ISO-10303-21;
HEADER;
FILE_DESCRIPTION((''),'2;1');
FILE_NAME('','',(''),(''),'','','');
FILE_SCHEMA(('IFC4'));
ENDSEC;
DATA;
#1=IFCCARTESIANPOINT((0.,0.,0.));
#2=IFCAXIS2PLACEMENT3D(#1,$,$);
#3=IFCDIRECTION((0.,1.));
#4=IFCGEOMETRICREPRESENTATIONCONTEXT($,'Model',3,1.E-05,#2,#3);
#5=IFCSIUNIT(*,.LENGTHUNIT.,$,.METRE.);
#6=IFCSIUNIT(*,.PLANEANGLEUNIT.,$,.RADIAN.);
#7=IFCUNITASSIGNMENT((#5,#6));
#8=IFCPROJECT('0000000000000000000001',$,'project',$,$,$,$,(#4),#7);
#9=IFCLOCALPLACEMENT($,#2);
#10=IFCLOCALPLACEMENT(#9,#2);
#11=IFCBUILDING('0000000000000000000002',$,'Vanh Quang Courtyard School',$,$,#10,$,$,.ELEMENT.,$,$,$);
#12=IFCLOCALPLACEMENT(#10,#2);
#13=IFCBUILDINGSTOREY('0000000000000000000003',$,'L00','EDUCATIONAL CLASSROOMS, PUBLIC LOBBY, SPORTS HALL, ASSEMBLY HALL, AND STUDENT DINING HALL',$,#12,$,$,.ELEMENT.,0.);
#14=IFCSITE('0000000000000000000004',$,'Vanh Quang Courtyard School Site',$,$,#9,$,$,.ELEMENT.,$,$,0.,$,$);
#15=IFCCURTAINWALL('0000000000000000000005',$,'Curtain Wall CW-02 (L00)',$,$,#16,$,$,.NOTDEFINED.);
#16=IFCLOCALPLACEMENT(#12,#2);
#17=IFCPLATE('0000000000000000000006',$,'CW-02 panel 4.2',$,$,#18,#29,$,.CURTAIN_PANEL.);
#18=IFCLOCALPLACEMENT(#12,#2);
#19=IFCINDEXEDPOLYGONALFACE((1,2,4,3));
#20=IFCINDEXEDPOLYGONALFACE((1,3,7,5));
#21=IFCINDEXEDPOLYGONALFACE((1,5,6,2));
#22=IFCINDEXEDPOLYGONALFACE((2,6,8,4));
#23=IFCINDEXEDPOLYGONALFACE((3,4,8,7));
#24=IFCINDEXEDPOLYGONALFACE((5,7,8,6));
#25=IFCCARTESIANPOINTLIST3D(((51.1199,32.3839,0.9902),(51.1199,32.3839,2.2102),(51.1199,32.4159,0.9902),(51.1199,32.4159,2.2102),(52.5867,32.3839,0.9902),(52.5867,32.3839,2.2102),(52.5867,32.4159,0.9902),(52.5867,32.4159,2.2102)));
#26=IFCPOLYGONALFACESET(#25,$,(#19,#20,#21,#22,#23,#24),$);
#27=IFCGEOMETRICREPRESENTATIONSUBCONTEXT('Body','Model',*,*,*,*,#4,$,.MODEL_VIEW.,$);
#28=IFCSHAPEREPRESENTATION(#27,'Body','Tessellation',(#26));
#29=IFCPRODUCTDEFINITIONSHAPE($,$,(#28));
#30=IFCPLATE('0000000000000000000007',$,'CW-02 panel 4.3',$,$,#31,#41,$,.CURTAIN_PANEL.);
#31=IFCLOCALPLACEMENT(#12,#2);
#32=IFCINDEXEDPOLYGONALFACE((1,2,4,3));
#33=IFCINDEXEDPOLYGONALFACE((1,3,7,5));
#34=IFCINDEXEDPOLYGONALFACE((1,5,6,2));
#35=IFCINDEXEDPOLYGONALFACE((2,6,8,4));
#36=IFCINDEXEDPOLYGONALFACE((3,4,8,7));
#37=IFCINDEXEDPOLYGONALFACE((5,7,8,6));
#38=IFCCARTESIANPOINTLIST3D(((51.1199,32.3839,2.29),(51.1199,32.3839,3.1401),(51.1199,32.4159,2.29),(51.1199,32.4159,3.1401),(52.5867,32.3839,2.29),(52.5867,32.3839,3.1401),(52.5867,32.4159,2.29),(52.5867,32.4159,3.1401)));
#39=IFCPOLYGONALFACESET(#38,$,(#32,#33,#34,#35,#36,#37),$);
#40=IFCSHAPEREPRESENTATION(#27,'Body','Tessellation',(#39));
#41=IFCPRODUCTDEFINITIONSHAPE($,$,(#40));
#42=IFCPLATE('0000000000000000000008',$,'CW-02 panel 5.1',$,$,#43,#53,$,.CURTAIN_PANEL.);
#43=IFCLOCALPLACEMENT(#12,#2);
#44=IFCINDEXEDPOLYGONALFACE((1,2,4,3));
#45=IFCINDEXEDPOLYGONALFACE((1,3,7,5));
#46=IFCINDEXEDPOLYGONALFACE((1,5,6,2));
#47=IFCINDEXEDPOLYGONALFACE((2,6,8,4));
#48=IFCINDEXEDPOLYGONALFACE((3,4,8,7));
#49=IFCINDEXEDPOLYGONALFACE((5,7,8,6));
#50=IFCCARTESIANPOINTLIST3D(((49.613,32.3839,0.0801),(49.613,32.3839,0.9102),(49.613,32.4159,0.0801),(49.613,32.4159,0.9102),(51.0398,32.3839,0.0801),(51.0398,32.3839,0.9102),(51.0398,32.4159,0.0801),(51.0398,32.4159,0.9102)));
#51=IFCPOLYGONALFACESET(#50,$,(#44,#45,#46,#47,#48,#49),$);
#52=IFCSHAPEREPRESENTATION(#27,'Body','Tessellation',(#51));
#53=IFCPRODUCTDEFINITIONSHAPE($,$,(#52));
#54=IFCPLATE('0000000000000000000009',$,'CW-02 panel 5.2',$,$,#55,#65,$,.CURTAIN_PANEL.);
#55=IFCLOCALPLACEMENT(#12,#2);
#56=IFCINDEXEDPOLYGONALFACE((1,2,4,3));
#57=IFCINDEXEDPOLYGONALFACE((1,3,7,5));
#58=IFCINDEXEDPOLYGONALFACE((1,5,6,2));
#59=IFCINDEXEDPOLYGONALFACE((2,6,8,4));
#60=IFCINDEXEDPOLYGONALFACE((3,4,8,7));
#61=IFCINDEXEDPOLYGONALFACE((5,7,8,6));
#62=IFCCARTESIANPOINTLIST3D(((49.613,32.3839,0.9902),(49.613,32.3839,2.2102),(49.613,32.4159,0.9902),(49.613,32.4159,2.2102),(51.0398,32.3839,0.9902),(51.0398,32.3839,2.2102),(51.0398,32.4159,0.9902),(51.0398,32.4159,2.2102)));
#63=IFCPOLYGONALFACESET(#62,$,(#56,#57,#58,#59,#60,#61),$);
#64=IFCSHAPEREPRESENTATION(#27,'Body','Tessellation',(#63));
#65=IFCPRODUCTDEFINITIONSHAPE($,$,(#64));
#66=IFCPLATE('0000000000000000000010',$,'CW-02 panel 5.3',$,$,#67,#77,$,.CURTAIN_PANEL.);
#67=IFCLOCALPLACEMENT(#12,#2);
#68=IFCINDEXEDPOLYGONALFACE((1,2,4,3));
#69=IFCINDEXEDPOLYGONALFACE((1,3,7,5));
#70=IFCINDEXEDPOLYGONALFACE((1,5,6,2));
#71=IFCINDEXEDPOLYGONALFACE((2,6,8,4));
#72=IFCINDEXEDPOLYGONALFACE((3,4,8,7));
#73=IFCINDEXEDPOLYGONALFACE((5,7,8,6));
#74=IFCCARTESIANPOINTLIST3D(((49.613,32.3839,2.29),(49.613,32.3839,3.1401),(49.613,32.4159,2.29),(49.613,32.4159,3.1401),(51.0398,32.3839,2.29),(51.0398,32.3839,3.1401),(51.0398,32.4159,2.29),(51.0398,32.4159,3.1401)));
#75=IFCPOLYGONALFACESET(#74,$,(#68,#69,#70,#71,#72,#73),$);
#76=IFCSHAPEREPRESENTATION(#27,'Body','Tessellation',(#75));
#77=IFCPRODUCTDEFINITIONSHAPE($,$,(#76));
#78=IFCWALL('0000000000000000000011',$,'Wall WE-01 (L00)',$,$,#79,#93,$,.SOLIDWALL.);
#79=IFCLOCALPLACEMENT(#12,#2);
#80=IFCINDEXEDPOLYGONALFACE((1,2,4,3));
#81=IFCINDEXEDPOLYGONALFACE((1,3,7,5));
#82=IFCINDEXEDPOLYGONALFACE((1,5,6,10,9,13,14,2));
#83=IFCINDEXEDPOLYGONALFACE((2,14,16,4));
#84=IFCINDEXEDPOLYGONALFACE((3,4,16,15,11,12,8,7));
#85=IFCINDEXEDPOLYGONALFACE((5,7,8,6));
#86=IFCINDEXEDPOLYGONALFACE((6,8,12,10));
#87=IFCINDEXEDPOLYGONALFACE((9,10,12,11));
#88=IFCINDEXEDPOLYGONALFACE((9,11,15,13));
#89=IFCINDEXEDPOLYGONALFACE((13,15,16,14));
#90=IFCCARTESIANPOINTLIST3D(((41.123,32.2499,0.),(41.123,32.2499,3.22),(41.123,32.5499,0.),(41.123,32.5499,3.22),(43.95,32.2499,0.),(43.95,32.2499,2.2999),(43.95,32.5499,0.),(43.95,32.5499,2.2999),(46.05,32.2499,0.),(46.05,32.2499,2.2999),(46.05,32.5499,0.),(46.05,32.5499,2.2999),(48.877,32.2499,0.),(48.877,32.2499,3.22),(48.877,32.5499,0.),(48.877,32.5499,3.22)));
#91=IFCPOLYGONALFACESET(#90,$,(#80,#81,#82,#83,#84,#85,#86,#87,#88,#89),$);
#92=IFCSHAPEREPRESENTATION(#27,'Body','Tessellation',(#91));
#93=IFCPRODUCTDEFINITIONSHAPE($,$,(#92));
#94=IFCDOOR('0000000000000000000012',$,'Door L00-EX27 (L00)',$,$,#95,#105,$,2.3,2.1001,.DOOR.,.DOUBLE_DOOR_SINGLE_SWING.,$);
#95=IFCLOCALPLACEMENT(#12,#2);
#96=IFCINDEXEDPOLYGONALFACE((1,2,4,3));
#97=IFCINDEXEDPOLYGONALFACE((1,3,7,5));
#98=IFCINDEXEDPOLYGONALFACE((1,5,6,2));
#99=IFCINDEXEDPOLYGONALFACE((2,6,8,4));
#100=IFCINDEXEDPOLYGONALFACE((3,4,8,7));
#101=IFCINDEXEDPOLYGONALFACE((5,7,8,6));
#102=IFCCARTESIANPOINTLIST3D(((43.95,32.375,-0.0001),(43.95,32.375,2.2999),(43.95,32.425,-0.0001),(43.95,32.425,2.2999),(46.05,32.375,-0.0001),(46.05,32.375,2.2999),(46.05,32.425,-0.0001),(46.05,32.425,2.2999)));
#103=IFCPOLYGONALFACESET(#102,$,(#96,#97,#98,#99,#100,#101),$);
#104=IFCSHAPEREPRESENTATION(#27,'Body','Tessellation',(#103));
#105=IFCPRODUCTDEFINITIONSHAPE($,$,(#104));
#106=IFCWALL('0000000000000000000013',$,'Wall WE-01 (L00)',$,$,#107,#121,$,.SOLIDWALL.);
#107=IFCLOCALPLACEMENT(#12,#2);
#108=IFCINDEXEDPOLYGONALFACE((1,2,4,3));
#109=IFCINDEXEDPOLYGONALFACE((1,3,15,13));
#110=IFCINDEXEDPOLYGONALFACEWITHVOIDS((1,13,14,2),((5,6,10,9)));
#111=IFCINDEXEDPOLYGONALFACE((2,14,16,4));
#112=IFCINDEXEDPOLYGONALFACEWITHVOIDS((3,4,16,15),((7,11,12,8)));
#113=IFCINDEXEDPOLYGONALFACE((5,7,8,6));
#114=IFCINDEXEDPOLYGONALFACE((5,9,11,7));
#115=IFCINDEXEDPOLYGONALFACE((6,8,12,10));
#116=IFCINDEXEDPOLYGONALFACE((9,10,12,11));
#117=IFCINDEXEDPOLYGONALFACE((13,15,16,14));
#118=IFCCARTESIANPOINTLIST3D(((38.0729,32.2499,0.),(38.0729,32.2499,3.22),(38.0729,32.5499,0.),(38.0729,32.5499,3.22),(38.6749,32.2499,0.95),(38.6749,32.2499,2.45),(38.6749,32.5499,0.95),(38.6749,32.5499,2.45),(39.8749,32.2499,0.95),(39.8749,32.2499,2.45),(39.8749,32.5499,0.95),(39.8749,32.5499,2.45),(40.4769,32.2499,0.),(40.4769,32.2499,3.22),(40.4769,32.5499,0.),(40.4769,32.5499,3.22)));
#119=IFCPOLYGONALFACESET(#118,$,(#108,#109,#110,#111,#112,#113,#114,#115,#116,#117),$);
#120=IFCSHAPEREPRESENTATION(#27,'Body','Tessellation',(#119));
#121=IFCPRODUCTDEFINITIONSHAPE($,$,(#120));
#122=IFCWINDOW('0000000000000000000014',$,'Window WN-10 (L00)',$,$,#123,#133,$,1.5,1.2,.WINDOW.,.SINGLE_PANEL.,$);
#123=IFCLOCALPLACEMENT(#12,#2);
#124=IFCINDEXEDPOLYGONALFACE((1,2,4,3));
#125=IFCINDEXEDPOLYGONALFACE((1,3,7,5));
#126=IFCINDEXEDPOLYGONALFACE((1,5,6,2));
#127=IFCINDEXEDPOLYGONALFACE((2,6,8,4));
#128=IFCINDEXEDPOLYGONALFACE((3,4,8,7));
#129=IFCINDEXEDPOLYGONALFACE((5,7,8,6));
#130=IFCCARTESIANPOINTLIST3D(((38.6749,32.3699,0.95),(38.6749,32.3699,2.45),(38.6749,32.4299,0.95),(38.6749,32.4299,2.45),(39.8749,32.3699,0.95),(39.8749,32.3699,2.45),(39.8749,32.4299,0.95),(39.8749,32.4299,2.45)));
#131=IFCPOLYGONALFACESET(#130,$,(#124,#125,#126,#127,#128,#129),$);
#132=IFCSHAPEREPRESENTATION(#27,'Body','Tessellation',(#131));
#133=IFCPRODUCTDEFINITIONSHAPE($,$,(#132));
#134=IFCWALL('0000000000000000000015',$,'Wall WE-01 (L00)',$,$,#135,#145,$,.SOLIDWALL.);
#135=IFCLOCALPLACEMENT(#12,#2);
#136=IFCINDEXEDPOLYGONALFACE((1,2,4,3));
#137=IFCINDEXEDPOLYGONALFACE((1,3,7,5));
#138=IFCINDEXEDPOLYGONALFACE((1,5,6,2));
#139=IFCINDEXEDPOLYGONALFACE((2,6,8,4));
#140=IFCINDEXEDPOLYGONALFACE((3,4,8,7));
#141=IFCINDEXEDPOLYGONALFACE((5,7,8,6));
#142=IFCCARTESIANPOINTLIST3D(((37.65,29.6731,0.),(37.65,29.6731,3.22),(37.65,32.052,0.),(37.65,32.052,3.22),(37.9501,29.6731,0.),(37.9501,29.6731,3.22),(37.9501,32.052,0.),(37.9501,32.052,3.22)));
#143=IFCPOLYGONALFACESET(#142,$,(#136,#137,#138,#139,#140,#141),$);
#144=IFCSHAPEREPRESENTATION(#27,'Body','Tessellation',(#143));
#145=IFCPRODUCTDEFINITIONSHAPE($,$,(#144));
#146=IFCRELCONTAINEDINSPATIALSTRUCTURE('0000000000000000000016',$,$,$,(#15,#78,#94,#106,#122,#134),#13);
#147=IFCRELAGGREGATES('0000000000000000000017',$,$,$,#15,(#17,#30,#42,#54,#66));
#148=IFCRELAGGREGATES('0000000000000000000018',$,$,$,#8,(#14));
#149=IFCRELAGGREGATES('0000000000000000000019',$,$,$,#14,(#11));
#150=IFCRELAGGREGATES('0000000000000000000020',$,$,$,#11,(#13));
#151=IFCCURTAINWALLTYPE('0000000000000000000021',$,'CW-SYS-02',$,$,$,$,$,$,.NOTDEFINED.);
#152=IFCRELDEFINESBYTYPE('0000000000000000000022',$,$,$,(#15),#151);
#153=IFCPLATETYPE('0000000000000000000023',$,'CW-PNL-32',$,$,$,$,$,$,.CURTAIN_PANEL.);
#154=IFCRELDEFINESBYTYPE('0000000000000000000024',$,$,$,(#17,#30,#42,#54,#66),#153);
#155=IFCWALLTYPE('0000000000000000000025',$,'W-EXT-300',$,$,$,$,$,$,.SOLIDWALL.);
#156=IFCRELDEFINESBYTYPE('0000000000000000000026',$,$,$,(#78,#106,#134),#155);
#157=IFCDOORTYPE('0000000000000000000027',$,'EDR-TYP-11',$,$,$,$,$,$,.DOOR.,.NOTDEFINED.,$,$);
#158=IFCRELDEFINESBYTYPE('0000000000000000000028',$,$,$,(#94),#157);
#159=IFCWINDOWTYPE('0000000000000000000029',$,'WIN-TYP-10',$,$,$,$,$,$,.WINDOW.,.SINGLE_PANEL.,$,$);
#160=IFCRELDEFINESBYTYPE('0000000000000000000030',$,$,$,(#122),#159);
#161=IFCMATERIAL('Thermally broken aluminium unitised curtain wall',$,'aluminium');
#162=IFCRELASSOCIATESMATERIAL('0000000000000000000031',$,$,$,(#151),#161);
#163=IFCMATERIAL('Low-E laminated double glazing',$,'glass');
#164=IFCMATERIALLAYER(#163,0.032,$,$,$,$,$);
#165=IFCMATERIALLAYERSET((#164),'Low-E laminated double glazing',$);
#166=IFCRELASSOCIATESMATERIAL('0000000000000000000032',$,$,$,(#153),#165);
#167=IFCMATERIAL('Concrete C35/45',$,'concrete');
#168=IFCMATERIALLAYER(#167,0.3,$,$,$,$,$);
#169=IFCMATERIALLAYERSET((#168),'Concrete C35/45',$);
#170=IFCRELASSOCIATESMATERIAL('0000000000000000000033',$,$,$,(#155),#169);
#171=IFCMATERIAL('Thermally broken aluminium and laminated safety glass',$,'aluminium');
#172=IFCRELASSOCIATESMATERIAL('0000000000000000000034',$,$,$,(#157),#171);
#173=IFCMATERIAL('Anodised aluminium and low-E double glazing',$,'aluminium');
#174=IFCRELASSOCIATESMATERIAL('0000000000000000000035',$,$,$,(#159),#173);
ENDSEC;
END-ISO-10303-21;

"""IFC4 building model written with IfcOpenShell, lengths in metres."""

from ifc_helpers import new_model, si_unit, direction, frame, frame_2d, origin, origin_2d, place, context, subcontext, project, spatial, rectangle, extrude, material, layer, layer_set, type_object, element, fill, aggregate, save


model = new_model("IFC4")

# Units and contexts
model_context = context("Model", 3, precision=1e-05, world=origin(), true_north=direction((0.0, 1.0)))
body_context = subcontext(model_context, "Body", "Model", "MODEL_VIEW")
ifc_project = project(units=[si_unit("LENGTHUNIT", "METRE"), si_unit("PLANEANGLEUNIT", "RADIAN")], contexts=[model_context])

# Site, building, storey
site_placement = place(None, origin())
site = spatial("IfcSite", under=ifc_project, at=site_placement, Name="Vanh Quang Courtyard School Site", CompositionType="ELEMENT", RefElevation=0.0)
building_placement = place(site_placement, origin())
building = spatial("IfcBuilding", under=site, at=building_placement, Name="Vanh Quang Courtyard School", CompositionType="ELEMENT")
storey_placement = place(building_placement, origin())
storey = spatial("IfcBuildingStorey", under=building, at=storey_placement, Name="L00", Description="EDUCATIONAL CLASSROOMS, PUBLIC LOBBY, SPORTS HALL, ASSEMBLY HALL, AND STUDENT DINING HALL", CompositionType="ELEMENT", Elevation=0.0)

# Shared definitions
ifc_material_1 = material(Name="Concrete C35/45", Category="concrete")

# Curtain wall, plates
ifc_material_2 = material(Name="Thermally broken aluminium unitised curtain wall", Category="aluminium")
curtain_wall_type = type_object("IfcCurtainWallType", Name="CW-SYS-02", PredefinedType="NOTDEFINED", material=ifc_material_2)
curtain_wall_placement = place(storey_placement, origin())
curtain_wall = element("IfcCurtainWall", 1, at=curtain_wall_placement, inside=storey, type_object=curtain_wall_type, Name="Curtain Wall CW-02 (L00)", PredefinedType="NOTDEFINED")
ifc_material_3 = material(Name="Low-E laminated double glazing", Category="glass")
ifc_layer_1 = layer(ifc_material_3, 0.032)
ifc_layer_set_1 = layer_set([ifc_layer_1], Name="Low-E laminated double glazing")
plate_type = type_object("IfcPlateType", Name="CW-PNL-32", PredefinedType="CURTAIN_PANEL", material=ifc_layer_set_1)
plate_1_placement = place(storey_placement, frame((51.8533, 32.3999, 0.9902), z_axis=(0.0, 0.0, 1.0), x_axis=(-1.0, 0.0, 0.0)))
plate_1 = element("IfcPlate", 2, at=plate_1_placement, type_object=plate_type, Name="CW-02 panel 4.2", PredefinedType="CURTAIN_PANEL", context=body_context, shape_type="SweptSolid", body=[
    extrude(rectangle(XDim=1.4668, YDim=0.032, at=origin_2d()), origin(), (0.0, 0.0, 1.0), 1.22),
])
plate_2_placement = place(storey_placement, frame((51.8533, 32.3999, 2.29), z_axis=(0.0, 0.0, 1.0), x_axis=(-1.0, 0.0, 0.0)))
plate_2 = element("IfcPlate", 3, at=plate_2_placement, type_object=plate_type, Name="CW-02 panel 4.3", PredefinedType="CURTAIN_PANEL", context=body_context, shape_type="SweptSolid", body=[
    extrude(rectangle(XDim=1.4668, YDim=0.032, at=origin_2d()), origin(), (0.0, 0.0, 1.0), 0.8501),
])
plate_3_placement = place(storey_placement, frame((50.3264, 32.3999, 0.0801), z_axis=(0.0, 0.0, 1.0), x_axis=(-1.0, 0.0, 0.0)))
plate_3 = element("IfcPlate", 4, at=plate_3_placement, type_object=plate_type, Name="CW-02 panel 5.1", PredefinedType="CURTAIN_PANEL", context=body_context, shape_type="SweptSolid", body=[
    extrude(rectangle(XDim=1.4268, YDim=0.032, at=origin_2d()), origin(), (0.0, 0.0, 1.0), 0.8301),
])
plate_4_placement = place(storey_placement, frame((50.3264, 32.3999, 0.9902), z_axis=(0.0, 0.0, 1.0), x_axis=(-1.0, 0.0, 0.0)))
plate_4 = element("IfcPlate", 5, at=plate_4_placement, type_object=plate_type, Name="CW-02 panel 5.2", PredefinedType="CURTAIN_PANEL", context=body_context, shape_type="SweptSolid", body=[
    extrude(rectangle(XDim=1.4268, YDim=0.032, at=origin_2d()), origin(), (0.0, 0.0, 1.0), 1.22),
])
plate_5_placement = place(storey_placement, frame((50.3264, 32.3999, 2.29), z_axis=(0.0, 0.0, 1.0), x_axis=(-1.0, 0.0, 0.0)))
plate_5 = element("IfcPlate", 6, at=plate_5_placement, type_object=plate_type, Name="CW-02 panel 5.3", PredefinedType="CURTAIN_PANEL", context=body_context, shape_type="SweptSolid", body=[
    extrude(rectangle(XDim=1.4268, YDim=0.032, at=origin_2d()), origin(), (0.0, 0.0, 1.0), 0.8501),
])
aggregate(curtain_wall, [plate_1, plate_2, plate_3, plate_4, plate_5])

# Wall, opening, door
ifc_layer_2 = layer(ifc_material_1, 0.3)
ifc_layer_set_2 = layer_set([ifc_layer_2], Name="Concrete C35/45")
wall_type = type_object("IfcWallType", Name="W-EXT-300", PredefinedType="SOLIDWALL", material=ifc_layer_set_2)
wall_1_placement = place(storey_placement, frame((48.877, 32.3999, 0.0), z_axis=(0.0, 0.0, 1.0), x_axis=(-1.0, 0.0, 0.0)))
wall_1 = element("IfcWall", 7, at=wall_1_placement, inside=storey, type_object=wall_type, Name="Wall WE-01 (L00)", PredefinedType="SOLIDWALL", context=body_context, shape_type="SweptSolid", body=[
    extrude(rectangle(XDim=7.7539, YDim=0.3, at=frame_2d((3.877, 0.0))), origin(), (0.0, 0.0, 1.0), 3.22),
])
opening_1_placement = place(wall_1_placement, frame((2.8269, 0.0, 0.0)))
opening_1 = element("IfcOpeningElement", 8, at=opening_1_placement, cuts=wall_1, PredefinedType="OPENING", context=body_context, shape_type="SweptSolid", body=[
    extrude(rectangle(XDim=2.1001, YDim=2.3, at=frame_2d((1.05, 1.1499))), frame((0.0, 0.1602, 0.0), z_axis=(0.0, -1.0, 0.0), x_axis=(1.0, 0.0, 0.0)), (0.0, 0.0, 1.0), 0.3201),
])
ifc_material_4 = material(Name="Thermally broken aluminium and laminated safety glass", Category="aluminium")
door_type = type_object("IfcDoorType", Name="EDR-TYP-11", OperationType="NOTDEFINED", PredefinedType="DOOR", material=ifc_material_4)
door_placement = place(opening_1_placement, origin())
door = element("IfcDoor", 9, at=door_placement, inside=storey, type_object=door_type, Name="Door L00-EX27 (L00)", OperationType="DOUBLE_DOOR_SINGLE_SWING", OverallHeight=2.3, OverallWidth=2.1001, PredefinedType="DOOR", context=body_context, shape_type="SweptSolid", body=[
    extrude(rectangle(XDim=2.1001, YDim=2.3, at=frame_2d((1.05, 1.1499))), frame((0.0, 0.0249, 0.0), z_axis=(0.0, -1.0, 0.0), x_axis=(1.0, 0.0, 0.0)), (0.0, 0.0, 1.0), 0.05),
])
fill(opening_1, door)

# Wall, opening, window
wall_2_placement = place(storey_placement, frame((40.4771, 32.3999, 0.0), z_axis=(0.0, 0.0, 1.0), x_axis=(-1.0, 0.0, 0.0)))
wall_2 = element("IfcWall", 10, at=wall_2_placement, inside=storey, type_object=wall_type, Name="Wall WE-01 (L00)", PredefinedType="SOLIDWALL", context=body_context, shape_type="SweptSolid", body=[
    extrude(rectangle(XDim=2.4041, YDim=0.3, at=frame_2d((1.2021, 0.0))), origin(), (0.0, 0.0, 1.0), 3.22),
])
opening_2_placement = place(wall_2_placement, frame((0.6021, 0.0, 0.95)))
opening_2 = element("IfcOpeningElement", 11, at=opening_2_placement, cuts=wall_2, PredefinedType="OPENING", context=body_context, shape_type="SweptSolid", body=[
    extrude(rectangle(XDim=1.2, YDim=1.5, at=frame_2d((0.6001, 0.75))), frame((0.0, 0.1602, 0.0), z_axis=(0.0, -1.0, 0.0), x_axis=(1.0, 0.0, 0.0)), (0.0, 0.0, 1.0), 0.3201),
])
ifc_material_5 = material(Name="Anodised aluminium and low-E double glazing", Category="aluminium")
window_type = type_object("IfcWindowType", Name="WIN-TYP-10", PartitioningType="SINGLE_PANEL", PredefinedType="WINDOW", material=ifc_material_5)
window_placement = place(opening_2_placement, origin())
window = element("IfcWindow", 12, at=window_placement, inside=storey, type_object=window_type, Name="Window WN-10 (L00)", OverallHeight=1.5, OverallWidth=1.2, PartitioningType="SINGLE_PANEL", PredefinedType="WINDOW", context=body_context, shape_type="SweptSolid", body=[
    extrude(rectangle(XDim=1.2, YDim=1.5, at=frame_2d((0.6001, 0.75))), frame((0.0, 0.03, 0.0), z_axis=(0.0, -1.0, 0.0), x_axis=(1.0, 0.0, 0.0)), (0.0, 0.0, 1.0), 0.0601),
])
fill(opening_2, window)

# Wall
wall_3_placement = place(storey_placement, frame((37.8, 32.052, 0.0), z_axis=(0.0, 0.0, 1.0), x_axis=(0.0, -1.0, 0.0)))
element("IfcWall", 13, at=wall_3_placement, inside=storey, type_object=wall_type, Name="Wall WE-01 (L00)", PredefinedType="SOLIDWALL", context=body_context, shape_type="SweptSolid", body=[
    extrude(rectangle(XDim=2.3789, YDim=0.3, at=frame_2d((1.1895, 0.0))), origin(), (0.0, 0.0, 1.0), 3.22),
])

save(model, "model.ifc")
